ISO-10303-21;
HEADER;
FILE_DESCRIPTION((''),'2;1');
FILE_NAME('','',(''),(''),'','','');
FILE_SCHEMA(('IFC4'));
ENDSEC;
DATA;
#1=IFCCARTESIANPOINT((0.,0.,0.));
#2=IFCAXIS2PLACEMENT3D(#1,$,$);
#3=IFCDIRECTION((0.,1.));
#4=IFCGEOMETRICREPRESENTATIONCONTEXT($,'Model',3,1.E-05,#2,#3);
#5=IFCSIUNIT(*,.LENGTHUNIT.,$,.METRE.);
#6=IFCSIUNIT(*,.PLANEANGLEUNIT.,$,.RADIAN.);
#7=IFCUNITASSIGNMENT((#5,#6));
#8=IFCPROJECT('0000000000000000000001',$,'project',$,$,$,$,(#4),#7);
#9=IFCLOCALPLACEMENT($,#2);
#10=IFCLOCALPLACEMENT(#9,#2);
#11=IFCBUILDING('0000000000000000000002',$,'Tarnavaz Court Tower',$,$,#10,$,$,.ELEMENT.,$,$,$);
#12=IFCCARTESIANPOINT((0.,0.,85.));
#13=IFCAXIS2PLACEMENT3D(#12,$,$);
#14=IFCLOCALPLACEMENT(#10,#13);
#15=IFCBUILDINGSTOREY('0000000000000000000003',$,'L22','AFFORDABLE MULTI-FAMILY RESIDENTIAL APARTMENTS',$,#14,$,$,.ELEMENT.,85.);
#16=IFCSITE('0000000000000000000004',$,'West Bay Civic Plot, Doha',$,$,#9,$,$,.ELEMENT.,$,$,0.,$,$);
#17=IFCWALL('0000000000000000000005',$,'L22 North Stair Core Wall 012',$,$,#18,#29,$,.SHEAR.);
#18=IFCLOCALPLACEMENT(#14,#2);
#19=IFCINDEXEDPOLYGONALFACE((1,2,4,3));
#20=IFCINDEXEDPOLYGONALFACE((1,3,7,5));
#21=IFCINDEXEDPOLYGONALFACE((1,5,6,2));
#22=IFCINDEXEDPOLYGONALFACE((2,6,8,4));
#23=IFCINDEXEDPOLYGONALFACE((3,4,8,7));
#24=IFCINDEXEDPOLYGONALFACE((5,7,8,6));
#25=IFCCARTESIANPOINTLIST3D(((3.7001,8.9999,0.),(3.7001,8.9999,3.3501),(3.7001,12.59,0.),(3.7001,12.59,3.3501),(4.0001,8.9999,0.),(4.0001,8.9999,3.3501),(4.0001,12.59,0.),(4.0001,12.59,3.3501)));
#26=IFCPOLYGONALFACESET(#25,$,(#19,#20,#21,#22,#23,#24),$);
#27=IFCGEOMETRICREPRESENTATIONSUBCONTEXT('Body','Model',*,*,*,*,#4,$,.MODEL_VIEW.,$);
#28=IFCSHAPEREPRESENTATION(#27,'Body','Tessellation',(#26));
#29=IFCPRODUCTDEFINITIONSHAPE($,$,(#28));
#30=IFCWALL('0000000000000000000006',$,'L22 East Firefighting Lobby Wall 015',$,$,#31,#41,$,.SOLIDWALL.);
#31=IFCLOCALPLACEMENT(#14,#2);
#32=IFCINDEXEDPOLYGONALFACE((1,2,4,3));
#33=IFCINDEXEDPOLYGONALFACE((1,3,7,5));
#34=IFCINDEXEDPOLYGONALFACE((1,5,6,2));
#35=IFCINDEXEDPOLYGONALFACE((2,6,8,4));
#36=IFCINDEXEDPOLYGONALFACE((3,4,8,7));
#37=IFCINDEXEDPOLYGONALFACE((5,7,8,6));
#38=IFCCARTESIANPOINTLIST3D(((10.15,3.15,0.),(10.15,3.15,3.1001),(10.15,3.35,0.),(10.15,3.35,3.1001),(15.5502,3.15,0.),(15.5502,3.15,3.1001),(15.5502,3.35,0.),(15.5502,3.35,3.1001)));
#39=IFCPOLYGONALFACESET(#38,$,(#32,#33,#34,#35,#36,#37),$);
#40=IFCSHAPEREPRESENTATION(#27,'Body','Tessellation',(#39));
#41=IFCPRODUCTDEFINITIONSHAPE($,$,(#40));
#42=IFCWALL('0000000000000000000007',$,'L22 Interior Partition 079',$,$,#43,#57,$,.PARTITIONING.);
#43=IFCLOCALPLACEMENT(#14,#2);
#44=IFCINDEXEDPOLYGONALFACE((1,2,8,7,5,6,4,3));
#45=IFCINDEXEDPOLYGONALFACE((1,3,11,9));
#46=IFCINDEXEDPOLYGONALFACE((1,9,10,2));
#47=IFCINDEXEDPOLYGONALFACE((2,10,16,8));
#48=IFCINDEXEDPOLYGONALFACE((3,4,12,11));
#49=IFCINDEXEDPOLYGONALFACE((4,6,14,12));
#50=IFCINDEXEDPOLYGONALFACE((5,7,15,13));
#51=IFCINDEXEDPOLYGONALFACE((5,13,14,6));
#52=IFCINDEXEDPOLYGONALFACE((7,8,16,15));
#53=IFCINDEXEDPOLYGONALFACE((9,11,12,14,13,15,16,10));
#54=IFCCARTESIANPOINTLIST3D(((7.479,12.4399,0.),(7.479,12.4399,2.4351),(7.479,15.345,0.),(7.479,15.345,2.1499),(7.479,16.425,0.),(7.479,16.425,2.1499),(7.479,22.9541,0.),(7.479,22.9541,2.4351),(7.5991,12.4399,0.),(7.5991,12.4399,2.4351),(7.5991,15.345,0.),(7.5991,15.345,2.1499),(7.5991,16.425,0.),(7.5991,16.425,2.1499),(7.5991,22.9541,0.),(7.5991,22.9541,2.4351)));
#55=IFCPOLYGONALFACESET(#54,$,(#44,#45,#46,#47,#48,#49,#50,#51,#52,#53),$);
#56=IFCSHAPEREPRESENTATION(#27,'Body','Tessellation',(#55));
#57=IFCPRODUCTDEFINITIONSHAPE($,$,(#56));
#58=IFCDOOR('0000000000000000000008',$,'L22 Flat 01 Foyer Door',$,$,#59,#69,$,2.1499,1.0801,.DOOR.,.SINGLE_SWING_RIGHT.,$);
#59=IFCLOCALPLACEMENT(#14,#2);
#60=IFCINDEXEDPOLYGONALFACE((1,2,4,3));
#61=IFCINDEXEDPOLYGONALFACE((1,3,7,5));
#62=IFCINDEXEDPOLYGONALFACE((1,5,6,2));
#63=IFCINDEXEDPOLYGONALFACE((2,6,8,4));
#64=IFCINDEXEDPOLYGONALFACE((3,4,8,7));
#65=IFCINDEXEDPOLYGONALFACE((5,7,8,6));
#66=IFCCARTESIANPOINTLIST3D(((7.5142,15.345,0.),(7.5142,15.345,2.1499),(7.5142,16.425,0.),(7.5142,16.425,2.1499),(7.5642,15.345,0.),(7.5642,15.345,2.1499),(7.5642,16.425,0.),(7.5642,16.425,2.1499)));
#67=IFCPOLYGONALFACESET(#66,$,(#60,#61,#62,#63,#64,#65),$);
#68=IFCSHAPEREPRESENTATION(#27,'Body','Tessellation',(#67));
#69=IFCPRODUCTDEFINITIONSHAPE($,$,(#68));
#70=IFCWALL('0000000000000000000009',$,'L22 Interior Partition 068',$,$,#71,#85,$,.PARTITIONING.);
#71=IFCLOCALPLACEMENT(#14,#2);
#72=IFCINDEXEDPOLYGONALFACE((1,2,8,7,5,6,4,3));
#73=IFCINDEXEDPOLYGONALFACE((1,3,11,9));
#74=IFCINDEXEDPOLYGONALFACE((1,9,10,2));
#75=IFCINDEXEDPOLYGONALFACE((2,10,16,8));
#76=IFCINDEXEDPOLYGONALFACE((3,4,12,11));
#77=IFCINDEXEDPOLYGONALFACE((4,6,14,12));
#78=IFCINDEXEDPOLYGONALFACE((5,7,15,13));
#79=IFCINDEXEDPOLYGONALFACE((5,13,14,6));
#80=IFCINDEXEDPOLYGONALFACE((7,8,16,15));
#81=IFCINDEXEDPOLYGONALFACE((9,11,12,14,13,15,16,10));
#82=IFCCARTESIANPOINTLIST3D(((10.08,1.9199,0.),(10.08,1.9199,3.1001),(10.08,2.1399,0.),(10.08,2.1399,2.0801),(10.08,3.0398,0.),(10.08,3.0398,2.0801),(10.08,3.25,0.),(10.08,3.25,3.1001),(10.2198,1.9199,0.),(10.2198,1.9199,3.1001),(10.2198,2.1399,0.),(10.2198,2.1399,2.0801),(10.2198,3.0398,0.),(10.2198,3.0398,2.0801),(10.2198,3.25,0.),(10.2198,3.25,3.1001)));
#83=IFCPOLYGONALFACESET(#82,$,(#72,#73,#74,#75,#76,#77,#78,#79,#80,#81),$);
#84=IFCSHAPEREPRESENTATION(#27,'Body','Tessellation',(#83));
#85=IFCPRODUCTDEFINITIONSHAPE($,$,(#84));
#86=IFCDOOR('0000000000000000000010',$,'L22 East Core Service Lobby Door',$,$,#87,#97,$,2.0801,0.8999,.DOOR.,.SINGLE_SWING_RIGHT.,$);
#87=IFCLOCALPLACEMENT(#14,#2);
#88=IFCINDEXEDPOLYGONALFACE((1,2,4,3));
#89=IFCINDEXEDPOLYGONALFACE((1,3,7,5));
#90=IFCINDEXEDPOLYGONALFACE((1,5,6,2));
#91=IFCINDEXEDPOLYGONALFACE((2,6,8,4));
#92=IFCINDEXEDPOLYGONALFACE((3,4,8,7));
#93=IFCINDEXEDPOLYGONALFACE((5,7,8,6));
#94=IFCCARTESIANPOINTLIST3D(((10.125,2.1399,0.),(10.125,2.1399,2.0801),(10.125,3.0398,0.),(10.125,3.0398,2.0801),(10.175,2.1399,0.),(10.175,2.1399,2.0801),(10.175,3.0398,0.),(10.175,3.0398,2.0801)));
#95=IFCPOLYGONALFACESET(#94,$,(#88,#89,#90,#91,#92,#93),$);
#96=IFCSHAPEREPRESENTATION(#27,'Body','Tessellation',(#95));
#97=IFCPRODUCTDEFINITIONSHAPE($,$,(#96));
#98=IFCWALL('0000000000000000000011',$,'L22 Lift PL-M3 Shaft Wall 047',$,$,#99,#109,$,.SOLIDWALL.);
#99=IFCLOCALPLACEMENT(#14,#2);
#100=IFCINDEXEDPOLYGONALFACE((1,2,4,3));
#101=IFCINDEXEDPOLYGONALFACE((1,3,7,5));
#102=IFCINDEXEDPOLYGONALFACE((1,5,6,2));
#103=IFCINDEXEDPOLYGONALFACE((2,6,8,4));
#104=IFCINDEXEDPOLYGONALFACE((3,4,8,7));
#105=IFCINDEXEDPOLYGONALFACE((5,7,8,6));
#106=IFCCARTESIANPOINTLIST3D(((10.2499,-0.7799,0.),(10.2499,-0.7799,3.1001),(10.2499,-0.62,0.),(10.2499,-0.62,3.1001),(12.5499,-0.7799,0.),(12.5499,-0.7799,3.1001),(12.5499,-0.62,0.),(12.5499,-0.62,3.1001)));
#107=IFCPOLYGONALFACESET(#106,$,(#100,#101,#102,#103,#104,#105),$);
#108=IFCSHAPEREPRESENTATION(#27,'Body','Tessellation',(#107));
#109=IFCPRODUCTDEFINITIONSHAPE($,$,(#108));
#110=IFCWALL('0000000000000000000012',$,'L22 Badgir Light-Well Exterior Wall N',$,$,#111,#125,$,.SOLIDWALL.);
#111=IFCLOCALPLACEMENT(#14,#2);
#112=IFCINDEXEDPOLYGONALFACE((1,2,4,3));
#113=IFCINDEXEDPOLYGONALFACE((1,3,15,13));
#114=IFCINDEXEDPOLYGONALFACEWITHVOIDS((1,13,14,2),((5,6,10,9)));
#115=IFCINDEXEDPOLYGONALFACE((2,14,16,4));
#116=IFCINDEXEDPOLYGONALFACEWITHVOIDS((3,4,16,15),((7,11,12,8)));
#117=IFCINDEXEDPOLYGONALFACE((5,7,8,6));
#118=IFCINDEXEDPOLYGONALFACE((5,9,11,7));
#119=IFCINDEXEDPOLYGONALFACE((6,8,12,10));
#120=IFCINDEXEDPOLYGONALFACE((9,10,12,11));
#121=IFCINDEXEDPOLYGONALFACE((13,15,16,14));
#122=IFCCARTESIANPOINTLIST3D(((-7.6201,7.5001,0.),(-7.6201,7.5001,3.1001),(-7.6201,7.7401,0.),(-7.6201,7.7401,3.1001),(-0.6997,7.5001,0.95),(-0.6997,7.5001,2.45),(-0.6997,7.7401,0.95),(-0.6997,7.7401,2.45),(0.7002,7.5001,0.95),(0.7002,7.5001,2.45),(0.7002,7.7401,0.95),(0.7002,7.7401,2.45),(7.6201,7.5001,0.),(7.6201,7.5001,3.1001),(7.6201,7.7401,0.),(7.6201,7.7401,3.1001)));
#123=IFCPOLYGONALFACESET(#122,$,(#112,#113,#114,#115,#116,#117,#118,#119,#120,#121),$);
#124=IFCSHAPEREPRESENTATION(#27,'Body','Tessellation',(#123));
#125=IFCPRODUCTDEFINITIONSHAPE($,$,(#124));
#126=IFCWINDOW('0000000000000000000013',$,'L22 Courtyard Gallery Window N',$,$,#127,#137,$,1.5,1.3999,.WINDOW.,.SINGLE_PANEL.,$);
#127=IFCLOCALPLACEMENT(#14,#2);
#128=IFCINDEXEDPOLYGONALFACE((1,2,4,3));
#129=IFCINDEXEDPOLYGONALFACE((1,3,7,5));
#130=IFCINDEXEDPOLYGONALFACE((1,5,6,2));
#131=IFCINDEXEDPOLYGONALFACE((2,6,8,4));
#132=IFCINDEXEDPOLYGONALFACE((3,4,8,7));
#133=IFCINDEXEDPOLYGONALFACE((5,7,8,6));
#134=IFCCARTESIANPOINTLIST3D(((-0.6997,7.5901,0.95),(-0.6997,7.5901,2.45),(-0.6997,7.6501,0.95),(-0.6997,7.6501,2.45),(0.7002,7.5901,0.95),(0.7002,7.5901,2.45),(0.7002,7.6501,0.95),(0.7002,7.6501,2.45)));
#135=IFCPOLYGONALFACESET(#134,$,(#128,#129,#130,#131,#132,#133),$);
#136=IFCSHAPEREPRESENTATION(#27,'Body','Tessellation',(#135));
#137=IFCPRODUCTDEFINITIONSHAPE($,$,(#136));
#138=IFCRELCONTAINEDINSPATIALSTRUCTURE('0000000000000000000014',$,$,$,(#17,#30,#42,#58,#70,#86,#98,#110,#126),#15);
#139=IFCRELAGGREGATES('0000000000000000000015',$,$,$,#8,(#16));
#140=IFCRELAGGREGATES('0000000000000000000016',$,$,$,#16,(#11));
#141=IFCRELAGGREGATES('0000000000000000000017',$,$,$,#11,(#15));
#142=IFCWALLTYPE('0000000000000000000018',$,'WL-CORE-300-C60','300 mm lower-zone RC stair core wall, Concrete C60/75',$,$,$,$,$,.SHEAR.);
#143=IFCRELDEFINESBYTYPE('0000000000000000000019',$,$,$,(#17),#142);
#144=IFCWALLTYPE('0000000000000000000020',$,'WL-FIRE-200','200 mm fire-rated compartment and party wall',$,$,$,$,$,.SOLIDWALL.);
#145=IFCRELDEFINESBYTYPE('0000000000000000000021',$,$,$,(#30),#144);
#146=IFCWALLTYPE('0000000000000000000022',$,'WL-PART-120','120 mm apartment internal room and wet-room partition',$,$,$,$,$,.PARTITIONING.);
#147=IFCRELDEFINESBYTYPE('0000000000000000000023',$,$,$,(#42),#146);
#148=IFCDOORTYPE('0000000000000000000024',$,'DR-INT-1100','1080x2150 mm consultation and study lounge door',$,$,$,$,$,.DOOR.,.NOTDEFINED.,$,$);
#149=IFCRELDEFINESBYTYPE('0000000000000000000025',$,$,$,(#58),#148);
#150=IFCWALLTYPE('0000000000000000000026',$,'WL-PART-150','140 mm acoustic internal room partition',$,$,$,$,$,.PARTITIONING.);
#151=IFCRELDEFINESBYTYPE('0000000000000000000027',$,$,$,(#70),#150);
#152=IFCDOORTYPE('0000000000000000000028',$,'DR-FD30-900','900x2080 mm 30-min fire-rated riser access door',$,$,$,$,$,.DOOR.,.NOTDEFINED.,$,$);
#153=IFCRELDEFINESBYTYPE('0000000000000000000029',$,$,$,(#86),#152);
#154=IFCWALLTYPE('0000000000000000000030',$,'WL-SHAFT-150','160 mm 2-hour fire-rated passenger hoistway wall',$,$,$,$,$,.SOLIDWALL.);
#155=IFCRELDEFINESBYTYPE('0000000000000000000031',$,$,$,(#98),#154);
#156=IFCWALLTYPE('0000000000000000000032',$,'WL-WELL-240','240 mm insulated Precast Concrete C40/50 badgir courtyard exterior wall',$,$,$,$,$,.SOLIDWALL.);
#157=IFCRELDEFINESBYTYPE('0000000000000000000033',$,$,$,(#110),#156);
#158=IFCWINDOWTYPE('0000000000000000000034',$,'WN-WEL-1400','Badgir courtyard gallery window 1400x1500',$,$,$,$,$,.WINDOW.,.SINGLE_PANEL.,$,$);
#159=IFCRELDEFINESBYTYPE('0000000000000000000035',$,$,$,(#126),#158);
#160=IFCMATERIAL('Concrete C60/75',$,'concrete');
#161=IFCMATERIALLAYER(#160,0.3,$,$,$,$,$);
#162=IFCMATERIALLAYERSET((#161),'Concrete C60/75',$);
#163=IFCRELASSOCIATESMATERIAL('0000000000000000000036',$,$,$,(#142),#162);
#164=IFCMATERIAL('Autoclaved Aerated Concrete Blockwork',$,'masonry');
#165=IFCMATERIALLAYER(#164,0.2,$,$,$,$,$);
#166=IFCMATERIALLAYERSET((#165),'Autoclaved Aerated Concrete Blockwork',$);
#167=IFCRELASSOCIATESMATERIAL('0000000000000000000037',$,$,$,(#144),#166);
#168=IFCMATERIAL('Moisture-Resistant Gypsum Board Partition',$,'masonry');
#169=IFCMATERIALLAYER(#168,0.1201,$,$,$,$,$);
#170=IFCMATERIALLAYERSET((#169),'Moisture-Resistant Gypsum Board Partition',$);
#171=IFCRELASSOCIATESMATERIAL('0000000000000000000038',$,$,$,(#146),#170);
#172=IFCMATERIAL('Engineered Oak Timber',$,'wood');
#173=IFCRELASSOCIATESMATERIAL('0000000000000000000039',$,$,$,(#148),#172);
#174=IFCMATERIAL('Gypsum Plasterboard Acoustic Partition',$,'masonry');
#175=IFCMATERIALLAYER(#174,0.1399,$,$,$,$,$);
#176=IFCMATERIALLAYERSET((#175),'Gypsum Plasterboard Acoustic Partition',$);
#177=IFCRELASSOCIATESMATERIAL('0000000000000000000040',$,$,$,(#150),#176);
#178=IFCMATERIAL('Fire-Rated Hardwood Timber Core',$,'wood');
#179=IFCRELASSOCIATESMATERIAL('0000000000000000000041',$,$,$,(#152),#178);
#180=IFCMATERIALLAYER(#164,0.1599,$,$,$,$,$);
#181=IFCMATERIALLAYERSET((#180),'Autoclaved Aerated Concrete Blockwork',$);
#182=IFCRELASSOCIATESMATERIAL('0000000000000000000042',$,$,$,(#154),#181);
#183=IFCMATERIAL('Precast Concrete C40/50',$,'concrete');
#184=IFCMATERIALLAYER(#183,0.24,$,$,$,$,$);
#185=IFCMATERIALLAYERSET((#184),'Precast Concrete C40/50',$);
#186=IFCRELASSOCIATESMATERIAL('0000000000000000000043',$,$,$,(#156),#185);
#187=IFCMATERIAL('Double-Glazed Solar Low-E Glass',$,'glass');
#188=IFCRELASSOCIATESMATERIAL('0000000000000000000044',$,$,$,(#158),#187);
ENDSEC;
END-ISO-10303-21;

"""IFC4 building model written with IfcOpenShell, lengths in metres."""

from ifc_helpers import new_model, si_unit, direction, frame, frame_2d, origin, place, context, subcontext, project, spatial, rectangle, extrude, material, layer, layer_set, type_object, element, fill, save


model = new_model("IFC4")

# Units and contexts
model_context = context("Model", 3, precision=1e-05, world=origin(), true_north=direction((0.0, 1.0)))
body_context = subcontext(model_context, "Body", "Model", "MODEL_VIEW")
ifc_project = project(units=[si_unit("LENGTHUNIT", "METRE"), si_unit("PLANEANGLEUNIT", "RADIAN")], contexts=[model_context])

# Site, building, storey
site_placement = place(None, origin())
site = spatial("IfcSite", under=ifc_project, at=site_placement, Name="West Bay Civic Plot, Doha", CompositionType="ELEMENT", RefElevation=0.0)
building_placement = place(site_placement, origin())
building = spatial("IfcBuilding", under=site, at=building_placement, Name="Tarnavaz Court Tower", CompositionType="ELEMENT")
storey_placement = place(building_placement, frame((0.0, 0.0, 85.0)))
storey = spatial("IfcBuildingStorey", under=building, at=storey_placement, Name="L22", Description="AFFORDABLE MULTI-FAMILY RESIDENTIAL APARTMENTS", CompositionType="ELEMENT", Elevation=85.0)

# Shared definitions
ifc_material_1 = material(Name="Concrete C60/75", Category="concrete")

# Shared definitions
ifc_layer_1 = layer(ifc_material_1, 0.3)
ifc_layer_set_1 = layer_set([ifc_layer_1], Name="Concrete C60/75")
wall_type_1 = type_object("IfcWallType", Name="WL-CORE-300-C60", Description="300 mm lower-zone RC stair core wall, Concrete C60/75", PredefinedType="SHEAR", material=ifc_layer_set_1)

# Shared definitions
ifc_material_2 = material(Name="Fire-Rated Hardwood Timber Core", Category="wood")

# Walls
wall_1_placement = place(storey_placement, frame((3.8501, 9.0, 0.0), z_axis=(0.0, 0.0, 1.0), x_axis=(0.0, 1.0, 0.0)))
element("IfcWall", 1, at=wall_1_placement, inside=storey, type_object=wall_type_1, Name="L22 North Stair Core Wall 012", PredefinedType="SHEAR", context=body_context, shape_type="SweptSolid", body=[
    extrude(rectangle(XDim=3.5901, YDim=0.3, at=frame_2d((1.7949, 0.0))), origin(), (0.0, 0.0, 1.0), 3.3501),
])
ifc_material_3 = material(Name="Autoclaved Aerated Concrete Blockwork", Category="masonry")
ifc_layer_2 = layer(ifc_material_3, 0.2)
ifc_layer_set_2 = layer_set([ifc_layer_2], Name="Autoclaved Aerated Concrete Blockwork")
wall_type_2 = type_object("IfcWallType", Name="WL-FIRE-200", Description="200 mm fire-rated compartment and party wall", PredefinedType="SOLIDWALL", material=ifc_layer_set_2)
wall_2_placement = place(storey_placement, frame((10.1499, 3.25, 0.0), z_axis=(0.0, 0.0, 1.0), x_axis=(1.0, 0.0, 0.0)))
element("IfcWall", 2, at=wall_2_placement, inside=storey, type_object=wall_type_2, Name="L22 East Firefighting Lobby Wall 015", PredefinedType="SOLIDWALL", context=body_context, shape_type="SweptSolid", body=[
    extrude(rectangle(XDim=5.4001, YDim=0.2, at=frame_2d((2.7002, 0.0))), origin(), (0.0, 0.0, 1.0), 3.1001),
])

# Walls, openings, doors
ifc_material_4 = material(Name="Moisture-Resistant Gypsum Board Partition", Category="masonry")
ifc_layer_3 = layer(ifc_material_4, 0.1201)
ifc_layer_set_3 = layer_set([ifc_layer_3], Name="Moisture-Resistant Gypsum Board Partition")
wall_type_3 = type_object("IfcWallType", Name="WL-PART-120", Description="120 mm apartment internal room and wet-room partition", PredefinedType="PARTITIONING", material=ifc_layer_set_3)
wall_3_placement = place(storey_placement, frame((7.5391, 12.4399, 0.0), z_axis=(0.0, 0.0, 1.0), x_axis=(0.0, 1.0, 0.0)))
wall_3 = element("IfcWall", 3, at=wall_3_placement, inside=storey, type_object=wall_type_3, Name="L22 Interior Partition 079", PredefinedType="PARTITIONING", context=body_context, shape_type="SweptSolid", body=[
    extrude(rectangle(XDim=10.5142, YDim=0.1201, at=frame_2d((5.2571, 0.0))), origin(), (0.0, 0.0, 1.0), 2.4351),
])
opening_1_placement = place(wall_3_placement, frame((2.905, 0.0, 0.0)))
opening_1 = element("IfcOpeningElement", 4, at=opening_1_placement, cuts=wall_3, PredefinedType="OPENING", context=body_context, shape_type="SweptSolid", body=[
    extrude(rectangle(XDim=1.0801, YDim=2.1499, at=frame_2d((0.54, 1.075))), frame((0.0, 0.0701, 0.0), z_axis=(0.0, -1.0, 0.0), x_axis=(1.0, 0.0, 0.0)), (0.0, 0.0, 1.0), 0.1401),
])
ifc_material_5 = material(Name="Engineered Oak Timber", Category="wood")
door_type_1 = type_object("IfcDoorType", Name="DR-INT-1100", Description="1080x2150 mm consultation and study lounge door", OperationType="NOTDEFINED", PredefinedType="DOOR", material=ifc_material_5)
door_1_placement = place(opening_1_placement, origin())
door_1 = element("IfcDoor", 5, at=door_1_placement, inside=storey, type_object=door_type_1, Name="L22 Flat 01 Foyer Door", OperationType="SINGLE_SWING_RIGHT", OverallHeight=2.1499, OverallWidth=1.0801, PredefinedType="DOOR", context=body_context, shape_type="SweptSolid", body=[
    extrude(rectangle(XDim=1.0801, YDim=2.1499, at=frame_2d((0.54, 1.075))), frame((0.0, 0.0249, 0.0), z_axis=(0.0, -1.0, 0.0), x_axis=(1.0, 0.0, 0.0)), (0.0, 0.0, 1.0), 0.05),
])
fill(opening_1, door_1)
ifc_material_6 = material(Name="Gypsum Plasterboard Acoustic Partition", Category="masonry")
ifc_layer_4 = layer(ifc_material_6, 0.1399)
ifc_layer_set_4 = layer_set([ifc_layer_4], Name="Gypsum Plasterboard Acoustic Partition")
wall_type_4 = type_object("IfcWallType", Name="WL-PART-150", Description="140 mm acoustic internal room partition", PredefinedType="PARTITIONING", material=ifc_layer_set_4)
wall_4_placement = place(storey_placement, frame((10.1499, 1.9199, 0.0), z_axis=(0.0, 0.0, 1.0), x_axis=(0.0, 1.0, 0.0)))
wall_4 = element("IfcWall", 6, at=wall_4_placement, inside=storey, type_object=wall_type_4, Name="L22 Interior Partition 068", PredefinedType="PARTITIONING", context=body_context, shape_type="SweptSolid", body=[
    extrude(rectangle(XDim=1.3301, YDim=0.1399, at=frame_2d((0.665, 0.0))), origin(), (0.0, 0.0, 1.0), 3.1001),
])
opening_2_placement = place(wall_4_placement, frame((0.22, 0.0, 0.0)))
opening_2 = element("IfcOpeningElement", 7, at=opening_2_placement, cuts=wall_4, PredefinedType="OPENING", context=body_context, shape_type="SweptSolid", body=[
    extrude(rectangle(XDim=0.8999, YDim=2.0801, at=frame_2d((0.45, 1.04))), frame((0.0, 0.0798, 0.0), z_axis=(0.0, -1.0, 0.0), x_axis=(1.0, 0.0, 0.0)), (0.0, 0.0, 1.0), 0.1599),
])
door_type_2 = type_object("IfcDoorType", Name="DR-FD30-900", Description="900x2080 mm 30-min fire-rated riser access door", OperationType="NOTDEFINED", PredefinedType="DOOR", material=ifc_material_2)
door_2_placement = place(opening_2_placement, origin())
door_2 = element("IfcDoor", 8, at=door_2_placement, inside=storey, type_object=door_type_2, Name="L22 East Core Service Lobby Door", OperationType="SINGLE_SWING_RIGHT", OverallHeight=2.0801, OverallWidth=0.8999, PredefinedType="DOOR", context=body_context, shape_type="SweptSolid", body=[
    extrude(rectangle(XDim=0.8999, YDim=2.0801, at=frame_2d((0.45, 1.04))), frame((0.0, 0.0249, 0.0), z_axis=(0.0, -1.0, 0.0), x_axis=(1.0, 0.0, 0.0)), (0.0, 0.0, 1.0), 0.05),
])
fill(opening_2, door_2)

# Wall
ifc_layer_5 = layer(ifc_material_3, 0.1599)
ifc_layer_set_5 = layer_set([ifc_layer_5], Name="Autoclaved Aerated Concrete Blockwork")
wall_type_5 = type_object("IfcWallType", Name="WL-SHAFT-150", Description="160 mm 2-hour fire-rated passenger hoistway wall", PredefinedType="SOLIDWALL", material=ifc_layer_set_5)
wall_5_placement = place(storey_placement, frame((10.25, -0.7, 0.0), z_axis=(0.0, 0.0, 1.0), x_axis=(1.0, 0.0, 0.0)))
element("IfcWall", 9, at=wall_5_placement, inside=storey, type_object=wall_type_5, Name="L22 Lift PL-M3 Shaft Wall 047", PredefinedType="SOLIDWALL", context=body_context, shape_type="SweptSolid", body=[
    extrude(rectangle(XDim=2.3, YDim=0.1599, at=frame_2d((1.1499, 0.0))), origin(), (0.0, 0.0, 1.0), 3.1001),
])

# Wall, opening, window
ifc_material_7 = material(Name="Precast Concrete C40/50", Category="concrete")
ifc_layer_6 = layer(ifc_material_7, 0.24)
ifc_layer_set_6 = layer_set([ifc_layer_6], Name="Precast Concrete C40/50")
wall_type_6 = type_object("IfcWallType", Name="WL-WELL-240", Description="240 mm insulated Precast Concrete C40/50 badgir courtyard exterior wall", PredefinedType="SOLIDWALL", material=ifc_layer_set_6)
wall_6_placement = place(storey_placement, frame((7.6201, 7.6201, 0.0), z_axis=(0.0, 0.0, 1.0), x_axis=(-1.0, 0.0, 0.0)))
wall_6 = element("IfcWall", 10, at=wall_6_placement, inside=storey, type_object=wall_type_6, Name="L22 Badgir Light-Well Exterior Wall N", PredefinedType="SOLIDWALL", context=body_context, shape_type="SweptSolid", body=[
    extrude(rectangle(XDim=15.2402, YDim=0.24, at=frame_2d((7.6201, 0.0))), origin(), (0.0, 0.0, 1.0), 3.1001),
])
opening_3_placement = place(wall_6_placement, frame((6.9199, 0.0, 0.95)))
opening_3 = element("IfcOpeningElement", 11, at=opening_3_placement, cuts=wall_6, PredefinedType="OPENING", context=body_context, shape_type="SweptSolid", body=[
    extrude(rectangle(XDim=1.3999, YDim=1.5, at=frame_2d((0.7, 0.75))), frame((0.0, 0.1299, 0.0), z_axis=(0.0, -1.0, 0.0), x_axis=(1.0, 0.0, 0.0)), (0.0, 0.0, 1.0), 0.26),
])
ifc_material_8 = material(Name="Double-Glazed Solar Low-E Glass", Category="glass")
window_type = type_object("IfcWindowType", Name="WN-WEL-1400", Description="Badgir courtyard gallery window 1400x1500", PartitioningType="SINGLE_PANEL", PredefinedType="WINDOW", material=ifc_material_8)
window_placement = place(opening_3_placement, origin())
window = element("IfcWindow", 12, at=window_placement, inside=storey, type_object=window_type, Name="L22 Courtyard Gallery Window N", OverallHeight=1.5, OverallWidth=1.3999, PartitioningType="SINGLE_PANEL", PredefinedType="WINDOW", context=body_context, shape_type="SweptSolid", body=[
    extrude(rectangle(XDim=1.3999, YDim=1.5, at=frame_2d((0.7, 0.75))), frame((0.0, 0.03, 0.0), z_axis=(0.0, -1.0, 0.0), x_axis=(1.0, 0.0, 0.0)), (0.0, 0.0, 1.0), 0.0601),
])
fill(opening_3, window)

save(model, "model.ifc")
